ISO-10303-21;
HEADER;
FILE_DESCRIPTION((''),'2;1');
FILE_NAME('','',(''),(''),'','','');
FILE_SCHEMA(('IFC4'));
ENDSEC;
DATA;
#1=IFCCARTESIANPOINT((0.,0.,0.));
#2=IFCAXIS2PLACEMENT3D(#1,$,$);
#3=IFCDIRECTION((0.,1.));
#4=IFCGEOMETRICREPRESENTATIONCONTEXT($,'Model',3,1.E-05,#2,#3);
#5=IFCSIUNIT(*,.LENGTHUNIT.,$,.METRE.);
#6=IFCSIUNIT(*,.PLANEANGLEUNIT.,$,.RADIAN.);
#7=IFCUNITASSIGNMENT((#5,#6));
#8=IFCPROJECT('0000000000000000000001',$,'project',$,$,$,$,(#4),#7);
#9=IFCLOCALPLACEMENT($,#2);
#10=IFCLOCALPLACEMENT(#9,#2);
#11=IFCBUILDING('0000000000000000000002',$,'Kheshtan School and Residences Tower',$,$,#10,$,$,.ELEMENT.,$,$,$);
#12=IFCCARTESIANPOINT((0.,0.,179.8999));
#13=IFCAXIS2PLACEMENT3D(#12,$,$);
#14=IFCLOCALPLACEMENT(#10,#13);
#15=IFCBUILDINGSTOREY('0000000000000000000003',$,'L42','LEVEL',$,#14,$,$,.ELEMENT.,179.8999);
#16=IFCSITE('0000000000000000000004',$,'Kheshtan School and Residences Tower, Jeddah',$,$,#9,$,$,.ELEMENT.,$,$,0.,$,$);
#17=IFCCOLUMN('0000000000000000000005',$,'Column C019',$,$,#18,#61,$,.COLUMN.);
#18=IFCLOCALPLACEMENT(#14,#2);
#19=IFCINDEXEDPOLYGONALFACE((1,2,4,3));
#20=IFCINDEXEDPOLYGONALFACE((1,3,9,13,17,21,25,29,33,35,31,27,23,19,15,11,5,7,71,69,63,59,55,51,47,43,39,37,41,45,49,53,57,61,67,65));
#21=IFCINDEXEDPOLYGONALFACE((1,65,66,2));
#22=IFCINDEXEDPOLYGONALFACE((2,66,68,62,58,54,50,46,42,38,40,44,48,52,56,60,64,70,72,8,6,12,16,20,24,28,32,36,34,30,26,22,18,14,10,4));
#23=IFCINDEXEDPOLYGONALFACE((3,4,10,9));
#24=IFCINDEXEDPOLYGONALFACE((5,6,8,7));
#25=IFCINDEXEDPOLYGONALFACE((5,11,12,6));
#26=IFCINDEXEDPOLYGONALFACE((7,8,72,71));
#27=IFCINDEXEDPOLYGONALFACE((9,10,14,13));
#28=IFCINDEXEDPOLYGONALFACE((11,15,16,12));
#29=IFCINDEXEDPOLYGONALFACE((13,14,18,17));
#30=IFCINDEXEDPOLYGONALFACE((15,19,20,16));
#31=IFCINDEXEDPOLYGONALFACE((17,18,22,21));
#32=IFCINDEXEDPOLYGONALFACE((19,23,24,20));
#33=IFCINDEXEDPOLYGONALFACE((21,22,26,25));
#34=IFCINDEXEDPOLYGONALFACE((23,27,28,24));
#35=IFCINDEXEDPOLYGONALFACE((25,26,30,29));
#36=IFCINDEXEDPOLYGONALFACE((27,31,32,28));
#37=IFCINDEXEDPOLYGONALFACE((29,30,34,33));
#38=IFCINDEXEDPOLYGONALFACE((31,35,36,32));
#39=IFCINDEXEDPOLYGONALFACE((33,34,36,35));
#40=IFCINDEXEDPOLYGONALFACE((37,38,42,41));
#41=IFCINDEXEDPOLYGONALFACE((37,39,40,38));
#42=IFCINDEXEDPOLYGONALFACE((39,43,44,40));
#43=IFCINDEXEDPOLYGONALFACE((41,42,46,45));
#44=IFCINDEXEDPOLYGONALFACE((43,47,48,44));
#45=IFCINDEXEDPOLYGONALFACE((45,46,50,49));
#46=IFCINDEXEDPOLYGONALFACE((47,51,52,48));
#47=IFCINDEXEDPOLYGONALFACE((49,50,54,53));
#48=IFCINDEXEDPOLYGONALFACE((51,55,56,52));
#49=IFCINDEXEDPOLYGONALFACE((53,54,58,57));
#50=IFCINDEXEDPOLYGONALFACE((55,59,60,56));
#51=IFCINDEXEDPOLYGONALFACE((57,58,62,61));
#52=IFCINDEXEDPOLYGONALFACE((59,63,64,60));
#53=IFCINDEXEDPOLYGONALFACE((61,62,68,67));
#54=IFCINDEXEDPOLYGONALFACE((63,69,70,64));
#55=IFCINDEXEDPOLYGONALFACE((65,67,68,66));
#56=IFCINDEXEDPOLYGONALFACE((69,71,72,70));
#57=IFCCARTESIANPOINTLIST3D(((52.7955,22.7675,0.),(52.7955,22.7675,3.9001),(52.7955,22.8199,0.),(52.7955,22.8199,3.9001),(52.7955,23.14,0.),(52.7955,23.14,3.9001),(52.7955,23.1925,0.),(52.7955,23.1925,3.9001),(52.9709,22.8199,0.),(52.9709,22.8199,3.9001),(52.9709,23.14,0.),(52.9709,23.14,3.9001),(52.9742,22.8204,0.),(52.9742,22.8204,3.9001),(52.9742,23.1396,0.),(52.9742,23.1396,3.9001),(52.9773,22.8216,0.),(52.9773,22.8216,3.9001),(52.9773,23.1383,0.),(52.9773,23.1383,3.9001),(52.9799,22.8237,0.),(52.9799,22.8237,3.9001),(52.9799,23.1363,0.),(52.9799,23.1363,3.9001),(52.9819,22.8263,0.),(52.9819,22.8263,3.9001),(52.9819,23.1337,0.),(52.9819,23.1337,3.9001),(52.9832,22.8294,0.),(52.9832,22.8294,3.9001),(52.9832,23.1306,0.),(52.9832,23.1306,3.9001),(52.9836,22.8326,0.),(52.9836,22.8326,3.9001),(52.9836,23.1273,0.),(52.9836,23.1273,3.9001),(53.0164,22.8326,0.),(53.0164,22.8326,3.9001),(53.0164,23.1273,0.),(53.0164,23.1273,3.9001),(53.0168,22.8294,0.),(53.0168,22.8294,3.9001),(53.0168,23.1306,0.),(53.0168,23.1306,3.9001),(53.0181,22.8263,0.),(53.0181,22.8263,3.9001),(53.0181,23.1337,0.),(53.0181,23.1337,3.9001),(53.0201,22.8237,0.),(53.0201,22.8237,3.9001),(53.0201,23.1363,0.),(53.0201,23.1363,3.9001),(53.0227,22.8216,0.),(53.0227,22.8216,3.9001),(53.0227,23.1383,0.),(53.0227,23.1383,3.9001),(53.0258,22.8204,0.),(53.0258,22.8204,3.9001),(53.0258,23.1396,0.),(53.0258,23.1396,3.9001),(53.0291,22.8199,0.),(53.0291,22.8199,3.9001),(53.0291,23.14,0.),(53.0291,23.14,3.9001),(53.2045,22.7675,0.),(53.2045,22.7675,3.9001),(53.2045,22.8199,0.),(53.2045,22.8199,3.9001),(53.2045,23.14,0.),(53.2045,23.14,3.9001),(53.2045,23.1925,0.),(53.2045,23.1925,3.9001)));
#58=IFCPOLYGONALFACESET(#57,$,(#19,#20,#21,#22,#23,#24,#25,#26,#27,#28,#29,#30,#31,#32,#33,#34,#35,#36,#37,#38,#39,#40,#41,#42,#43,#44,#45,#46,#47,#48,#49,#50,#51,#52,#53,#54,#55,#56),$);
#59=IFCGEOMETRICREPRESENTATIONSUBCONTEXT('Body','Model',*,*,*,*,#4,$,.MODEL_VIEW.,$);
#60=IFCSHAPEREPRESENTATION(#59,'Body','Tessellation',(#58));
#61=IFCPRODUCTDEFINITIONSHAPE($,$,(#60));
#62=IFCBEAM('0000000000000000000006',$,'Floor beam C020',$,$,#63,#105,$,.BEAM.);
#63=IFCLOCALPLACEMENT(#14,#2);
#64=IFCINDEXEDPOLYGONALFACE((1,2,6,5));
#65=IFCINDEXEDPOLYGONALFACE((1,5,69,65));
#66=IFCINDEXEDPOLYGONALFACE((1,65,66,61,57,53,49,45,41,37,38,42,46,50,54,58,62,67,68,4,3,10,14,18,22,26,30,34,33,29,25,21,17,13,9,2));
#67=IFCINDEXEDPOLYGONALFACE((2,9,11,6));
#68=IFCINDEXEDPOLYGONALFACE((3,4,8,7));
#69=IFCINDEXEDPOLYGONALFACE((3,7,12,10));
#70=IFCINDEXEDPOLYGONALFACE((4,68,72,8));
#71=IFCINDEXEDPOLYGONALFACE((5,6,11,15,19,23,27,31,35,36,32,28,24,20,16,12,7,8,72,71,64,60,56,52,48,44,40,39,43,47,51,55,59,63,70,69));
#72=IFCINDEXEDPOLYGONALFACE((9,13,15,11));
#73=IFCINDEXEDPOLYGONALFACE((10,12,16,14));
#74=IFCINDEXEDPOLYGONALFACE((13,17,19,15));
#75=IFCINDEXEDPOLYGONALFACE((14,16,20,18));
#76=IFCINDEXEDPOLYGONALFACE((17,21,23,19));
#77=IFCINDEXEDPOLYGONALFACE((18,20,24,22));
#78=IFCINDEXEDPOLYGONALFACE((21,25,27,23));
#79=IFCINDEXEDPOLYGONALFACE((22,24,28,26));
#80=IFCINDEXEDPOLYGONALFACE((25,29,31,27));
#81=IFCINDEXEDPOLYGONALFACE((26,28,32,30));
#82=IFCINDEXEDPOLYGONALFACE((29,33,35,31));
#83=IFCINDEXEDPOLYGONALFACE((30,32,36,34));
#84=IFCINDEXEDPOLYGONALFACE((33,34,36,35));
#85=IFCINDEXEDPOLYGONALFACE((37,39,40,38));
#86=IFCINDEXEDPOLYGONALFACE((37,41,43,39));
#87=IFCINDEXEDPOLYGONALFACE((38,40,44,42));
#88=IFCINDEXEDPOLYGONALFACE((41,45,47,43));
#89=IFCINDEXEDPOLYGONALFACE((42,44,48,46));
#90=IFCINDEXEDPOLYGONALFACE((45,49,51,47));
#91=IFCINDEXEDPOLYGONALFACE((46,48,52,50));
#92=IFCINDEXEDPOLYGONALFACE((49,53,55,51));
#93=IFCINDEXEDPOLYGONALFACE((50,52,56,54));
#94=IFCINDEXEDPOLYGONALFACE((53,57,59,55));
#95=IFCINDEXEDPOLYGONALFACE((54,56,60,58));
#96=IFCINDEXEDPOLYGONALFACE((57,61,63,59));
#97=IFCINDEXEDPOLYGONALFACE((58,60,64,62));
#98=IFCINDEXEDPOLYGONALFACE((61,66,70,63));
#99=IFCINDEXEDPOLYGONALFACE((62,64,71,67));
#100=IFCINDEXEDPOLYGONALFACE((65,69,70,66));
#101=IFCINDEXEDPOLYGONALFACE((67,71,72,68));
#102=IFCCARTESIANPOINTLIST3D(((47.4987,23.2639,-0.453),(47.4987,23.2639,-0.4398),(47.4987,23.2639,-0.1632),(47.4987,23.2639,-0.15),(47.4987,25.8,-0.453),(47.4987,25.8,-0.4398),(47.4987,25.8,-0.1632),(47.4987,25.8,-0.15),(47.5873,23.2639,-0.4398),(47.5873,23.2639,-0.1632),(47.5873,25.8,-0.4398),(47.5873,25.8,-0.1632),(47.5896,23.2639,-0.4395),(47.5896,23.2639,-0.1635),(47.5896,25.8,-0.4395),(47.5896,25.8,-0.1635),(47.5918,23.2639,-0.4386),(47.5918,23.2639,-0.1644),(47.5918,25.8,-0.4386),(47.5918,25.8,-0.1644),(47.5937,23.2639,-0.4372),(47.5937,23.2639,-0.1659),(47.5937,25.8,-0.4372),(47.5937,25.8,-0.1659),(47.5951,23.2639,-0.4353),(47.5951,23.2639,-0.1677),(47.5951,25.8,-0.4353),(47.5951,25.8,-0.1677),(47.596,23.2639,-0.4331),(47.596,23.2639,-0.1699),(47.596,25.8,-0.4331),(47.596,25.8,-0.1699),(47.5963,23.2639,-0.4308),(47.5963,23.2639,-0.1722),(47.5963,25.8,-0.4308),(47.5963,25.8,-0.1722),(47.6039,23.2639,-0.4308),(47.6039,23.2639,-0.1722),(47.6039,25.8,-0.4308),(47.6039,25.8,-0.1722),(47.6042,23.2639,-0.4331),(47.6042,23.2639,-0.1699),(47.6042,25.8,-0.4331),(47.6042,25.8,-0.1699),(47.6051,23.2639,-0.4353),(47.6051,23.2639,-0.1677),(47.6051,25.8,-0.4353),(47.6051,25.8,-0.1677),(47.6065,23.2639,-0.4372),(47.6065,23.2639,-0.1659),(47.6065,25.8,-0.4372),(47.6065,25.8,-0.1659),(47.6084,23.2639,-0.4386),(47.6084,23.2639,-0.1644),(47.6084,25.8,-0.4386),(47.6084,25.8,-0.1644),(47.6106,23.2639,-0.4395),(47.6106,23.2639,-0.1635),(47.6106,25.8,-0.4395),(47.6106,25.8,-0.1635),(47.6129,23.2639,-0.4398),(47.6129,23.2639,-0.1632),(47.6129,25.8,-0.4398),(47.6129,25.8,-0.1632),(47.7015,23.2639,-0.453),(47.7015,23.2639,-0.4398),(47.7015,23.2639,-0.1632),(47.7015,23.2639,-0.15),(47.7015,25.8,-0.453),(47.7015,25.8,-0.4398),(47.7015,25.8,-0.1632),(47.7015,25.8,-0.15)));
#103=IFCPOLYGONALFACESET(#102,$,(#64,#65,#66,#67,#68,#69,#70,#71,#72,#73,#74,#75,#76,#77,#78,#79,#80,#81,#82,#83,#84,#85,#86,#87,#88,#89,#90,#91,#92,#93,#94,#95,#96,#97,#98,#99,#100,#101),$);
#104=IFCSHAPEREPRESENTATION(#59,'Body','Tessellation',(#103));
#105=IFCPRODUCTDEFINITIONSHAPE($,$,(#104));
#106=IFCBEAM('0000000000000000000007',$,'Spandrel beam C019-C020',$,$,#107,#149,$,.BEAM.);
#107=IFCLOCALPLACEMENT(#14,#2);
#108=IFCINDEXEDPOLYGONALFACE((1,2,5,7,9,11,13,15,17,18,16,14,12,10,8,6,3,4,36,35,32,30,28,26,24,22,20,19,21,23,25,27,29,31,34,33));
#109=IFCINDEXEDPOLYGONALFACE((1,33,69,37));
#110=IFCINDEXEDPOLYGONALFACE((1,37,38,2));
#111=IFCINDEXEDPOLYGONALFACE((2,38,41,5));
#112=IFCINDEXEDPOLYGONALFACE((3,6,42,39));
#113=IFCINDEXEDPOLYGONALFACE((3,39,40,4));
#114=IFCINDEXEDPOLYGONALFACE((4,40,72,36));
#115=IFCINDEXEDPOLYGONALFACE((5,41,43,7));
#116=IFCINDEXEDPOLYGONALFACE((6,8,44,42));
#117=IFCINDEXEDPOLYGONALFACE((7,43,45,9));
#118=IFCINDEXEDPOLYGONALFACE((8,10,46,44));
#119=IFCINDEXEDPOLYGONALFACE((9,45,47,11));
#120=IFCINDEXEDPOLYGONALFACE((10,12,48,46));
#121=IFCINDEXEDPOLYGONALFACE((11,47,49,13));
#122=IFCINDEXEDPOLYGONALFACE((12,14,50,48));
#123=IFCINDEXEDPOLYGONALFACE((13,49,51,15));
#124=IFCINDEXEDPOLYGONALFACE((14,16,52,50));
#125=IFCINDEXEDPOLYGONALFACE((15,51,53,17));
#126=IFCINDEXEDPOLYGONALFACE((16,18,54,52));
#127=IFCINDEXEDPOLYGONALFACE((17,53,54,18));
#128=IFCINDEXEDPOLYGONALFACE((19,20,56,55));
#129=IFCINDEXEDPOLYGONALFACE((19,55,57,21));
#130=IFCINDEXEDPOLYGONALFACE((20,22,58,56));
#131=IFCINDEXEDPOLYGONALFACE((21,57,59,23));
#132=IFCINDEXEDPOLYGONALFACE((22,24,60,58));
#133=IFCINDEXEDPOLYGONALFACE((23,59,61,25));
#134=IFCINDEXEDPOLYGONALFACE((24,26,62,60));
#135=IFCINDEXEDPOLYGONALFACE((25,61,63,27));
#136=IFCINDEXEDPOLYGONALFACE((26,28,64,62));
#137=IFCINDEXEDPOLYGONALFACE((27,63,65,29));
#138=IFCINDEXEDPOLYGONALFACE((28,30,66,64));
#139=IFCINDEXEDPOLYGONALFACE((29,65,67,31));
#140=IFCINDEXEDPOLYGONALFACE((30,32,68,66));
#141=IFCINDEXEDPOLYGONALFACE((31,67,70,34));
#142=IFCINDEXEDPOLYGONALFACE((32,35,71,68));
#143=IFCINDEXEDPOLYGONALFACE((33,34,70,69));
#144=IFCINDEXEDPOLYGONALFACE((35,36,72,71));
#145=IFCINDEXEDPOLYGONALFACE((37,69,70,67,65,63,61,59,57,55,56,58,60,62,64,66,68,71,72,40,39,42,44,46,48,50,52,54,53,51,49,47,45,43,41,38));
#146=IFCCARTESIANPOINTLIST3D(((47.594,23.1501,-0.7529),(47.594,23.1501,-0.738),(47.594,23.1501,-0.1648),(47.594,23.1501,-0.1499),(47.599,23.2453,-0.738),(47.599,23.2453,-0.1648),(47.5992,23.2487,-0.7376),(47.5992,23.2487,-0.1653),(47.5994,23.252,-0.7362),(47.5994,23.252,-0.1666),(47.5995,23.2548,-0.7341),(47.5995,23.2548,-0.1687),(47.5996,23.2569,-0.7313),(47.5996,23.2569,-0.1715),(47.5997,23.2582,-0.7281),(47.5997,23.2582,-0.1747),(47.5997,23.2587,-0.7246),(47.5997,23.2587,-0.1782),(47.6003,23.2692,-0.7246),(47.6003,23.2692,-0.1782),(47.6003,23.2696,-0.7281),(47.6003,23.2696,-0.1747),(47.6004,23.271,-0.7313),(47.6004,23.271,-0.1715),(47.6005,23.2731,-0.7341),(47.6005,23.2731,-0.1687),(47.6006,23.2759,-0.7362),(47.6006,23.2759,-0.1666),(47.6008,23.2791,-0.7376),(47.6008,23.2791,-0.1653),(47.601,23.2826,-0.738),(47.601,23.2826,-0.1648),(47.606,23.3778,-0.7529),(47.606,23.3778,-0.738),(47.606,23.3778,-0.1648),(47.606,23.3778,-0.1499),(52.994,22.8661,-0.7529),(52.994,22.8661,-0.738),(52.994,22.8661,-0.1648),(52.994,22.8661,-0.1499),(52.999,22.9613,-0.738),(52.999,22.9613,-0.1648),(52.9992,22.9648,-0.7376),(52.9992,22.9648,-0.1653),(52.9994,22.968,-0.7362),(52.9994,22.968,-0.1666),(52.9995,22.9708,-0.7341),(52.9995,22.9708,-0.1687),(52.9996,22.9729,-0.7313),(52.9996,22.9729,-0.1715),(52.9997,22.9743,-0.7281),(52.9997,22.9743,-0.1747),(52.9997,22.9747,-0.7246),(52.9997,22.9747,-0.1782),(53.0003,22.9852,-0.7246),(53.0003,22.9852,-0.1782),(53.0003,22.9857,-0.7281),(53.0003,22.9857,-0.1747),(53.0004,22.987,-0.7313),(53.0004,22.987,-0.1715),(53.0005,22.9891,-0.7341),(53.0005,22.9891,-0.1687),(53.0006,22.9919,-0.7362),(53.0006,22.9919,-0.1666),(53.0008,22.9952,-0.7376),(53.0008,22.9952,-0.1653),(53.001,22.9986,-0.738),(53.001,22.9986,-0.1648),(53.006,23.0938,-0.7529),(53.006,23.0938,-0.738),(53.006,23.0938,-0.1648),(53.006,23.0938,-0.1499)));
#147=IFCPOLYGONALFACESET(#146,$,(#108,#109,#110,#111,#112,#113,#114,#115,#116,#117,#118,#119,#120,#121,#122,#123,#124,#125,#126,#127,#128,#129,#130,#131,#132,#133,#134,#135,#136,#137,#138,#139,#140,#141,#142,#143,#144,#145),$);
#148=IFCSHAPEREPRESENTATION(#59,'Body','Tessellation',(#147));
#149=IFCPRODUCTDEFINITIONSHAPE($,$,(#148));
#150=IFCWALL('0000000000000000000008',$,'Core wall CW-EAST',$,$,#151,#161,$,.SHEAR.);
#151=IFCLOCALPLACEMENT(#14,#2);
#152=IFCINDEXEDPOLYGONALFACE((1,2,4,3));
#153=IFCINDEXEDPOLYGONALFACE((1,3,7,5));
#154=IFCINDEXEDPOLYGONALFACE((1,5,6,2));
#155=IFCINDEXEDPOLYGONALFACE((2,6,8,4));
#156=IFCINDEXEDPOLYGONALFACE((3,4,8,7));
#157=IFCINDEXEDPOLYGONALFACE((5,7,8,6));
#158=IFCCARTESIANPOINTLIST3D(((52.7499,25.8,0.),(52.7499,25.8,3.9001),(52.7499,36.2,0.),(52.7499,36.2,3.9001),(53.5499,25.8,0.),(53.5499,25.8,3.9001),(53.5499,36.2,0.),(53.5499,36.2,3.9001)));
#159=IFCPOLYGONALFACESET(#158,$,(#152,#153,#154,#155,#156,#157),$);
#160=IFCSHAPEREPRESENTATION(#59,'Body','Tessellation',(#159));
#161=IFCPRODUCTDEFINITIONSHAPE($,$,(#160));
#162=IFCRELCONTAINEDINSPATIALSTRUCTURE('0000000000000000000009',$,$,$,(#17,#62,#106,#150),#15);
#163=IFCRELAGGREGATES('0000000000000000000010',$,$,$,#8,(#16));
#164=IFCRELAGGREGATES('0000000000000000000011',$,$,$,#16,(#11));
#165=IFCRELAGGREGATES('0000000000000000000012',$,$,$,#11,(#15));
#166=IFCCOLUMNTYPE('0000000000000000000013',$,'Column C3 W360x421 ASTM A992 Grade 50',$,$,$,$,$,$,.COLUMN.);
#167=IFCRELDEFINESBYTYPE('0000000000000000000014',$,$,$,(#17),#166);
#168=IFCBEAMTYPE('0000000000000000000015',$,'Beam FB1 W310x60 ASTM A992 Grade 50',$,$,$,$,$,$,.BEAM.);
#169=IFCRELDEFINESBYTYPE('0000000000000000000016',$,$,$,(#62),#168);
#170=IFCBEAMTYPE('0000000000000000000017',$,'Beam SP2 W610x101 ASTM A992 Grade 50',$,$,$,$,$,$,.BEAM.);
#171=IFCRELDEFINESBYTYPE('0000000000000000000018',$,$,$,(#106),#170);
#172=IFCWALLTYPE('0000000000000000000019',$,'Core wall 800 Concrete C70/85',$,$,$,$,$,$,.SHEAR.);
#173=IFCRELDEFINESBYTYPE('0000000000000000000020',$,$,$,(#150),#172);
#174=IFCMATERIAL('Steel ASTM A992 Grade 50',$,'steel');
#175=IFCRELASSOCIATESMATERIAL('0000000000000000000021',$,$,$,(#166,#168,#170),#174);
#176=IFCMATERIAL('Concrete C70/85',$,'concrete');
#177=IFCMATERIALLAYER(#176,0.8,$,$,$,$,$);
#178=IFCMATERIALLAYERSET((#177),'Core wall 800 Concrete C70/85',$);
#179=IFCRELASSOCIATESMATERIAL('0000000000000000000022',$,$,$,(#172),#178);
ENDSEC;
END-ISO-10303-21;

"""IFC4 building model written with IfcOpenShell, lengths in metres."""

from ifc_helpers import new_model, si_unit, direction, frame, frame_2d, origin, origin_2d, place, context, subcontext, project, spatial, rectangle, i_section, extrude, material, layer, layer_set, material_profile, profile_set, type_object, element, save


model = new_model("IFC4")

# Units and contexts
model_context = context("Model", 3, precision=1e-05, world=origin(), true_north=direction((0.0, 1.0)))
body_context = subcontext(model_context, "Body", "Model", "MODEL_VIEW")
ifc_project = project(units=[si_unit("LENGTHUNIT", "METRE"), si_unit("PLANEANGLEUNIT", "RADIAN")], contexts=[model_context])

# Site, building, storey
site_placement = place(None, origin())
site = spatial("IfcSite", under=ifc_project, at=site_placement, Name="Kheshtan School and Residences Tower, Jeddah", CompositionType="ELEMENT", RefElevation=0.0)
building_placement = place(site_placement, origin())
building = spatial("IfcBuilding", under=site, at=building_placement, Name="Kheshtan School and Residences Tower", CompositionType="ELEMENT")
storey_placement = place(building_placement, frame((0.0, 0.0, 179.8999)))
storey = spatial("IfcBuildingStorey", under=building, at=storey_placement, Name="L42", Description="LEVEL", CompositionType="ELEMENT", Elevation=179.8999)

# Column
ifc_material_1 = material(Name="Steel ASTM A992 Grade 50", Category="steel")
ifc_material_profile_1 = material_profile(ifc_material_1, i_section(OverallWidth=0.4089, OverallDepth=0.425, WebThickness=0.0327, FlangeThickness=0.0525, FilletRadius=0.0127, at=origin_2d()), Name="W360x421")
ifc_profile_set_1 = profile_set([ifc_material_profile_1], Name="Steel ASTM A992 Grade 50")
column_type = type_object("IfcColumnType", Name="Column C3 W360x421 ASTM A992 Grade 50", PredefinedType="COLUMN", material=ifc_profile_set_1)
column_placement = place(storey_placement, frame((53.0, 22.98, 0.0), z_axis=(0.0, 0.0, 1.0), x_axis=(1.0, 0.0, 0.0)))
element("IfcColumn", 1, at=column_placement, inside=storey, type_object=column_type, Name="Column C019", PredefinedType="COLUMN", context=body_context, shape_type="SweptSolid", body=[
    extrude(i_section(OverallWidth=0.4089, OverallDepth=0.425, WebThickness=0.0327, FlangeThickness=0.0525, FilletRadius=0.0127, at=origin_2d()), origin(), (0.0, 0.0, 1.0), 3.9001),
])

# Beams
ifc_material_profile_2 = material_profile(ifc_material_1, i_section(OverallWidth=0.2029, OverallDepth=0.303, WebThickness=0.0076, FlangeThickness=0.0132, FilletRadius=0.009, at=origin_2d()), Name="W310x60")
ifc_profile_set_2 = profile_set([ifc_material_profile_2], Name="Steel ASTM A992 Grade 50")
beam_type_1 = type_object("IfcBeamType", Name="Beam FB1 W310x60 ASTM A992 Grade 50", PredefinedType="BEAM", material=ifc_profile_set_2)
beam_1_placement = place(storey_placement, frame((47.6001, 23.2639, -0.3015), z_axis=(0.0, 1.0, 0.0), x_axis=(-1.0, 0.0, 0.0)))
element("IfcBeam", 2, at=beam_1_placement, inside=storey, type_object=beam_type_1, Name="Floor beam C020", PredefinedType="BEAM", context=body_context, shape_type="SweptSolid", body=[
    extrude(i_section(OverallWidth=0.2029, OverallDepth=0.303, WebThickness=0.0076, FlangeThickness=0.0132, FilletRadius=0.009, at=origin_2d()), origin(), (0.0, 0.0, 1.0), 2.5361),
])
ifc_material_profile_3 = material_profile(ifc_material_1, i_section(OverallWidth=0.228, OverallDepth=0.603, WebThickness=0.0105, FlangeThickness=0.0149, FilletRadius=0.0134, at=origin_2d()), Name="W610x101")
ifc_profile_set_3 = profile_set([ifc_material_profile_3], Name="Steel ASTM A992 Grade 50")
beam_type_2 = type_object("IfcBeamType", Name="Beam SP2 W610x101 ASTM A992 Grade 50", PredefinedType="BEAM", material=ifc_profile_set_3)
beam_2_placement = place(storey_placement, frame((53.0, 22.98, -0.4514), z_axis=(-0.99862, 0.052509, 0.0), x_axis=(-0.052509, -0.99862, 0.0)))
element("IfcBeam", 3, at=beam_2_placement, inside=storey, type_object=beam_type_2, Name="Spandrel beam C019-C020", PredefinedType="BEAM", context=body_context, shape_type="SweptSolid", body=[
    extrude(i_section(OverallWidth=0.228, OverallDepth=0.603, WebThickness=0.0105, FlangeThickness=0.0149, FilletRadius=0.0134, at=origin_2d()), origin(), (0.0, 0.0, 1.0), 5.4075),
])

# Wall
ifc_material_2 = material(Name="Concrete C70/85", Category="concrete")
ifc_layer_1 = layer(ifc_material_2, 0.8)
ifc_layer_set_1 = layer_set([ifc_layer_1], Name="Core wall 800 Concrete C70/85")
wall_type_1 = type_object("IfcWallType", Name="Core wall 800 Concrete C70/85", PredefinedType="SHEAR", material=ifc_layer_set_1)
wall_1_placement = place(storey_placement, frame((53.1499, 25.8, 0.0), z_axis=(0.0, 0.0, 1.0), x_axis=(0.0, 1.0, 0.0)))
element("IfcWall", 4, at=wall_1_placement, inside=storey, type_object=wall_type_1, Name="Core wall CW-EAST", PredefinedType="SHEAR", context=body_context, shape_type="SweptSolid", body=[
    extrude(rectangle(XDim=10.3999, YDim=0.8, at=frame_2d((5.2, 0.0))), origin(), (0.0, 0.0, 1.0), 3.9001),
])

save(model, "model.ifc")
